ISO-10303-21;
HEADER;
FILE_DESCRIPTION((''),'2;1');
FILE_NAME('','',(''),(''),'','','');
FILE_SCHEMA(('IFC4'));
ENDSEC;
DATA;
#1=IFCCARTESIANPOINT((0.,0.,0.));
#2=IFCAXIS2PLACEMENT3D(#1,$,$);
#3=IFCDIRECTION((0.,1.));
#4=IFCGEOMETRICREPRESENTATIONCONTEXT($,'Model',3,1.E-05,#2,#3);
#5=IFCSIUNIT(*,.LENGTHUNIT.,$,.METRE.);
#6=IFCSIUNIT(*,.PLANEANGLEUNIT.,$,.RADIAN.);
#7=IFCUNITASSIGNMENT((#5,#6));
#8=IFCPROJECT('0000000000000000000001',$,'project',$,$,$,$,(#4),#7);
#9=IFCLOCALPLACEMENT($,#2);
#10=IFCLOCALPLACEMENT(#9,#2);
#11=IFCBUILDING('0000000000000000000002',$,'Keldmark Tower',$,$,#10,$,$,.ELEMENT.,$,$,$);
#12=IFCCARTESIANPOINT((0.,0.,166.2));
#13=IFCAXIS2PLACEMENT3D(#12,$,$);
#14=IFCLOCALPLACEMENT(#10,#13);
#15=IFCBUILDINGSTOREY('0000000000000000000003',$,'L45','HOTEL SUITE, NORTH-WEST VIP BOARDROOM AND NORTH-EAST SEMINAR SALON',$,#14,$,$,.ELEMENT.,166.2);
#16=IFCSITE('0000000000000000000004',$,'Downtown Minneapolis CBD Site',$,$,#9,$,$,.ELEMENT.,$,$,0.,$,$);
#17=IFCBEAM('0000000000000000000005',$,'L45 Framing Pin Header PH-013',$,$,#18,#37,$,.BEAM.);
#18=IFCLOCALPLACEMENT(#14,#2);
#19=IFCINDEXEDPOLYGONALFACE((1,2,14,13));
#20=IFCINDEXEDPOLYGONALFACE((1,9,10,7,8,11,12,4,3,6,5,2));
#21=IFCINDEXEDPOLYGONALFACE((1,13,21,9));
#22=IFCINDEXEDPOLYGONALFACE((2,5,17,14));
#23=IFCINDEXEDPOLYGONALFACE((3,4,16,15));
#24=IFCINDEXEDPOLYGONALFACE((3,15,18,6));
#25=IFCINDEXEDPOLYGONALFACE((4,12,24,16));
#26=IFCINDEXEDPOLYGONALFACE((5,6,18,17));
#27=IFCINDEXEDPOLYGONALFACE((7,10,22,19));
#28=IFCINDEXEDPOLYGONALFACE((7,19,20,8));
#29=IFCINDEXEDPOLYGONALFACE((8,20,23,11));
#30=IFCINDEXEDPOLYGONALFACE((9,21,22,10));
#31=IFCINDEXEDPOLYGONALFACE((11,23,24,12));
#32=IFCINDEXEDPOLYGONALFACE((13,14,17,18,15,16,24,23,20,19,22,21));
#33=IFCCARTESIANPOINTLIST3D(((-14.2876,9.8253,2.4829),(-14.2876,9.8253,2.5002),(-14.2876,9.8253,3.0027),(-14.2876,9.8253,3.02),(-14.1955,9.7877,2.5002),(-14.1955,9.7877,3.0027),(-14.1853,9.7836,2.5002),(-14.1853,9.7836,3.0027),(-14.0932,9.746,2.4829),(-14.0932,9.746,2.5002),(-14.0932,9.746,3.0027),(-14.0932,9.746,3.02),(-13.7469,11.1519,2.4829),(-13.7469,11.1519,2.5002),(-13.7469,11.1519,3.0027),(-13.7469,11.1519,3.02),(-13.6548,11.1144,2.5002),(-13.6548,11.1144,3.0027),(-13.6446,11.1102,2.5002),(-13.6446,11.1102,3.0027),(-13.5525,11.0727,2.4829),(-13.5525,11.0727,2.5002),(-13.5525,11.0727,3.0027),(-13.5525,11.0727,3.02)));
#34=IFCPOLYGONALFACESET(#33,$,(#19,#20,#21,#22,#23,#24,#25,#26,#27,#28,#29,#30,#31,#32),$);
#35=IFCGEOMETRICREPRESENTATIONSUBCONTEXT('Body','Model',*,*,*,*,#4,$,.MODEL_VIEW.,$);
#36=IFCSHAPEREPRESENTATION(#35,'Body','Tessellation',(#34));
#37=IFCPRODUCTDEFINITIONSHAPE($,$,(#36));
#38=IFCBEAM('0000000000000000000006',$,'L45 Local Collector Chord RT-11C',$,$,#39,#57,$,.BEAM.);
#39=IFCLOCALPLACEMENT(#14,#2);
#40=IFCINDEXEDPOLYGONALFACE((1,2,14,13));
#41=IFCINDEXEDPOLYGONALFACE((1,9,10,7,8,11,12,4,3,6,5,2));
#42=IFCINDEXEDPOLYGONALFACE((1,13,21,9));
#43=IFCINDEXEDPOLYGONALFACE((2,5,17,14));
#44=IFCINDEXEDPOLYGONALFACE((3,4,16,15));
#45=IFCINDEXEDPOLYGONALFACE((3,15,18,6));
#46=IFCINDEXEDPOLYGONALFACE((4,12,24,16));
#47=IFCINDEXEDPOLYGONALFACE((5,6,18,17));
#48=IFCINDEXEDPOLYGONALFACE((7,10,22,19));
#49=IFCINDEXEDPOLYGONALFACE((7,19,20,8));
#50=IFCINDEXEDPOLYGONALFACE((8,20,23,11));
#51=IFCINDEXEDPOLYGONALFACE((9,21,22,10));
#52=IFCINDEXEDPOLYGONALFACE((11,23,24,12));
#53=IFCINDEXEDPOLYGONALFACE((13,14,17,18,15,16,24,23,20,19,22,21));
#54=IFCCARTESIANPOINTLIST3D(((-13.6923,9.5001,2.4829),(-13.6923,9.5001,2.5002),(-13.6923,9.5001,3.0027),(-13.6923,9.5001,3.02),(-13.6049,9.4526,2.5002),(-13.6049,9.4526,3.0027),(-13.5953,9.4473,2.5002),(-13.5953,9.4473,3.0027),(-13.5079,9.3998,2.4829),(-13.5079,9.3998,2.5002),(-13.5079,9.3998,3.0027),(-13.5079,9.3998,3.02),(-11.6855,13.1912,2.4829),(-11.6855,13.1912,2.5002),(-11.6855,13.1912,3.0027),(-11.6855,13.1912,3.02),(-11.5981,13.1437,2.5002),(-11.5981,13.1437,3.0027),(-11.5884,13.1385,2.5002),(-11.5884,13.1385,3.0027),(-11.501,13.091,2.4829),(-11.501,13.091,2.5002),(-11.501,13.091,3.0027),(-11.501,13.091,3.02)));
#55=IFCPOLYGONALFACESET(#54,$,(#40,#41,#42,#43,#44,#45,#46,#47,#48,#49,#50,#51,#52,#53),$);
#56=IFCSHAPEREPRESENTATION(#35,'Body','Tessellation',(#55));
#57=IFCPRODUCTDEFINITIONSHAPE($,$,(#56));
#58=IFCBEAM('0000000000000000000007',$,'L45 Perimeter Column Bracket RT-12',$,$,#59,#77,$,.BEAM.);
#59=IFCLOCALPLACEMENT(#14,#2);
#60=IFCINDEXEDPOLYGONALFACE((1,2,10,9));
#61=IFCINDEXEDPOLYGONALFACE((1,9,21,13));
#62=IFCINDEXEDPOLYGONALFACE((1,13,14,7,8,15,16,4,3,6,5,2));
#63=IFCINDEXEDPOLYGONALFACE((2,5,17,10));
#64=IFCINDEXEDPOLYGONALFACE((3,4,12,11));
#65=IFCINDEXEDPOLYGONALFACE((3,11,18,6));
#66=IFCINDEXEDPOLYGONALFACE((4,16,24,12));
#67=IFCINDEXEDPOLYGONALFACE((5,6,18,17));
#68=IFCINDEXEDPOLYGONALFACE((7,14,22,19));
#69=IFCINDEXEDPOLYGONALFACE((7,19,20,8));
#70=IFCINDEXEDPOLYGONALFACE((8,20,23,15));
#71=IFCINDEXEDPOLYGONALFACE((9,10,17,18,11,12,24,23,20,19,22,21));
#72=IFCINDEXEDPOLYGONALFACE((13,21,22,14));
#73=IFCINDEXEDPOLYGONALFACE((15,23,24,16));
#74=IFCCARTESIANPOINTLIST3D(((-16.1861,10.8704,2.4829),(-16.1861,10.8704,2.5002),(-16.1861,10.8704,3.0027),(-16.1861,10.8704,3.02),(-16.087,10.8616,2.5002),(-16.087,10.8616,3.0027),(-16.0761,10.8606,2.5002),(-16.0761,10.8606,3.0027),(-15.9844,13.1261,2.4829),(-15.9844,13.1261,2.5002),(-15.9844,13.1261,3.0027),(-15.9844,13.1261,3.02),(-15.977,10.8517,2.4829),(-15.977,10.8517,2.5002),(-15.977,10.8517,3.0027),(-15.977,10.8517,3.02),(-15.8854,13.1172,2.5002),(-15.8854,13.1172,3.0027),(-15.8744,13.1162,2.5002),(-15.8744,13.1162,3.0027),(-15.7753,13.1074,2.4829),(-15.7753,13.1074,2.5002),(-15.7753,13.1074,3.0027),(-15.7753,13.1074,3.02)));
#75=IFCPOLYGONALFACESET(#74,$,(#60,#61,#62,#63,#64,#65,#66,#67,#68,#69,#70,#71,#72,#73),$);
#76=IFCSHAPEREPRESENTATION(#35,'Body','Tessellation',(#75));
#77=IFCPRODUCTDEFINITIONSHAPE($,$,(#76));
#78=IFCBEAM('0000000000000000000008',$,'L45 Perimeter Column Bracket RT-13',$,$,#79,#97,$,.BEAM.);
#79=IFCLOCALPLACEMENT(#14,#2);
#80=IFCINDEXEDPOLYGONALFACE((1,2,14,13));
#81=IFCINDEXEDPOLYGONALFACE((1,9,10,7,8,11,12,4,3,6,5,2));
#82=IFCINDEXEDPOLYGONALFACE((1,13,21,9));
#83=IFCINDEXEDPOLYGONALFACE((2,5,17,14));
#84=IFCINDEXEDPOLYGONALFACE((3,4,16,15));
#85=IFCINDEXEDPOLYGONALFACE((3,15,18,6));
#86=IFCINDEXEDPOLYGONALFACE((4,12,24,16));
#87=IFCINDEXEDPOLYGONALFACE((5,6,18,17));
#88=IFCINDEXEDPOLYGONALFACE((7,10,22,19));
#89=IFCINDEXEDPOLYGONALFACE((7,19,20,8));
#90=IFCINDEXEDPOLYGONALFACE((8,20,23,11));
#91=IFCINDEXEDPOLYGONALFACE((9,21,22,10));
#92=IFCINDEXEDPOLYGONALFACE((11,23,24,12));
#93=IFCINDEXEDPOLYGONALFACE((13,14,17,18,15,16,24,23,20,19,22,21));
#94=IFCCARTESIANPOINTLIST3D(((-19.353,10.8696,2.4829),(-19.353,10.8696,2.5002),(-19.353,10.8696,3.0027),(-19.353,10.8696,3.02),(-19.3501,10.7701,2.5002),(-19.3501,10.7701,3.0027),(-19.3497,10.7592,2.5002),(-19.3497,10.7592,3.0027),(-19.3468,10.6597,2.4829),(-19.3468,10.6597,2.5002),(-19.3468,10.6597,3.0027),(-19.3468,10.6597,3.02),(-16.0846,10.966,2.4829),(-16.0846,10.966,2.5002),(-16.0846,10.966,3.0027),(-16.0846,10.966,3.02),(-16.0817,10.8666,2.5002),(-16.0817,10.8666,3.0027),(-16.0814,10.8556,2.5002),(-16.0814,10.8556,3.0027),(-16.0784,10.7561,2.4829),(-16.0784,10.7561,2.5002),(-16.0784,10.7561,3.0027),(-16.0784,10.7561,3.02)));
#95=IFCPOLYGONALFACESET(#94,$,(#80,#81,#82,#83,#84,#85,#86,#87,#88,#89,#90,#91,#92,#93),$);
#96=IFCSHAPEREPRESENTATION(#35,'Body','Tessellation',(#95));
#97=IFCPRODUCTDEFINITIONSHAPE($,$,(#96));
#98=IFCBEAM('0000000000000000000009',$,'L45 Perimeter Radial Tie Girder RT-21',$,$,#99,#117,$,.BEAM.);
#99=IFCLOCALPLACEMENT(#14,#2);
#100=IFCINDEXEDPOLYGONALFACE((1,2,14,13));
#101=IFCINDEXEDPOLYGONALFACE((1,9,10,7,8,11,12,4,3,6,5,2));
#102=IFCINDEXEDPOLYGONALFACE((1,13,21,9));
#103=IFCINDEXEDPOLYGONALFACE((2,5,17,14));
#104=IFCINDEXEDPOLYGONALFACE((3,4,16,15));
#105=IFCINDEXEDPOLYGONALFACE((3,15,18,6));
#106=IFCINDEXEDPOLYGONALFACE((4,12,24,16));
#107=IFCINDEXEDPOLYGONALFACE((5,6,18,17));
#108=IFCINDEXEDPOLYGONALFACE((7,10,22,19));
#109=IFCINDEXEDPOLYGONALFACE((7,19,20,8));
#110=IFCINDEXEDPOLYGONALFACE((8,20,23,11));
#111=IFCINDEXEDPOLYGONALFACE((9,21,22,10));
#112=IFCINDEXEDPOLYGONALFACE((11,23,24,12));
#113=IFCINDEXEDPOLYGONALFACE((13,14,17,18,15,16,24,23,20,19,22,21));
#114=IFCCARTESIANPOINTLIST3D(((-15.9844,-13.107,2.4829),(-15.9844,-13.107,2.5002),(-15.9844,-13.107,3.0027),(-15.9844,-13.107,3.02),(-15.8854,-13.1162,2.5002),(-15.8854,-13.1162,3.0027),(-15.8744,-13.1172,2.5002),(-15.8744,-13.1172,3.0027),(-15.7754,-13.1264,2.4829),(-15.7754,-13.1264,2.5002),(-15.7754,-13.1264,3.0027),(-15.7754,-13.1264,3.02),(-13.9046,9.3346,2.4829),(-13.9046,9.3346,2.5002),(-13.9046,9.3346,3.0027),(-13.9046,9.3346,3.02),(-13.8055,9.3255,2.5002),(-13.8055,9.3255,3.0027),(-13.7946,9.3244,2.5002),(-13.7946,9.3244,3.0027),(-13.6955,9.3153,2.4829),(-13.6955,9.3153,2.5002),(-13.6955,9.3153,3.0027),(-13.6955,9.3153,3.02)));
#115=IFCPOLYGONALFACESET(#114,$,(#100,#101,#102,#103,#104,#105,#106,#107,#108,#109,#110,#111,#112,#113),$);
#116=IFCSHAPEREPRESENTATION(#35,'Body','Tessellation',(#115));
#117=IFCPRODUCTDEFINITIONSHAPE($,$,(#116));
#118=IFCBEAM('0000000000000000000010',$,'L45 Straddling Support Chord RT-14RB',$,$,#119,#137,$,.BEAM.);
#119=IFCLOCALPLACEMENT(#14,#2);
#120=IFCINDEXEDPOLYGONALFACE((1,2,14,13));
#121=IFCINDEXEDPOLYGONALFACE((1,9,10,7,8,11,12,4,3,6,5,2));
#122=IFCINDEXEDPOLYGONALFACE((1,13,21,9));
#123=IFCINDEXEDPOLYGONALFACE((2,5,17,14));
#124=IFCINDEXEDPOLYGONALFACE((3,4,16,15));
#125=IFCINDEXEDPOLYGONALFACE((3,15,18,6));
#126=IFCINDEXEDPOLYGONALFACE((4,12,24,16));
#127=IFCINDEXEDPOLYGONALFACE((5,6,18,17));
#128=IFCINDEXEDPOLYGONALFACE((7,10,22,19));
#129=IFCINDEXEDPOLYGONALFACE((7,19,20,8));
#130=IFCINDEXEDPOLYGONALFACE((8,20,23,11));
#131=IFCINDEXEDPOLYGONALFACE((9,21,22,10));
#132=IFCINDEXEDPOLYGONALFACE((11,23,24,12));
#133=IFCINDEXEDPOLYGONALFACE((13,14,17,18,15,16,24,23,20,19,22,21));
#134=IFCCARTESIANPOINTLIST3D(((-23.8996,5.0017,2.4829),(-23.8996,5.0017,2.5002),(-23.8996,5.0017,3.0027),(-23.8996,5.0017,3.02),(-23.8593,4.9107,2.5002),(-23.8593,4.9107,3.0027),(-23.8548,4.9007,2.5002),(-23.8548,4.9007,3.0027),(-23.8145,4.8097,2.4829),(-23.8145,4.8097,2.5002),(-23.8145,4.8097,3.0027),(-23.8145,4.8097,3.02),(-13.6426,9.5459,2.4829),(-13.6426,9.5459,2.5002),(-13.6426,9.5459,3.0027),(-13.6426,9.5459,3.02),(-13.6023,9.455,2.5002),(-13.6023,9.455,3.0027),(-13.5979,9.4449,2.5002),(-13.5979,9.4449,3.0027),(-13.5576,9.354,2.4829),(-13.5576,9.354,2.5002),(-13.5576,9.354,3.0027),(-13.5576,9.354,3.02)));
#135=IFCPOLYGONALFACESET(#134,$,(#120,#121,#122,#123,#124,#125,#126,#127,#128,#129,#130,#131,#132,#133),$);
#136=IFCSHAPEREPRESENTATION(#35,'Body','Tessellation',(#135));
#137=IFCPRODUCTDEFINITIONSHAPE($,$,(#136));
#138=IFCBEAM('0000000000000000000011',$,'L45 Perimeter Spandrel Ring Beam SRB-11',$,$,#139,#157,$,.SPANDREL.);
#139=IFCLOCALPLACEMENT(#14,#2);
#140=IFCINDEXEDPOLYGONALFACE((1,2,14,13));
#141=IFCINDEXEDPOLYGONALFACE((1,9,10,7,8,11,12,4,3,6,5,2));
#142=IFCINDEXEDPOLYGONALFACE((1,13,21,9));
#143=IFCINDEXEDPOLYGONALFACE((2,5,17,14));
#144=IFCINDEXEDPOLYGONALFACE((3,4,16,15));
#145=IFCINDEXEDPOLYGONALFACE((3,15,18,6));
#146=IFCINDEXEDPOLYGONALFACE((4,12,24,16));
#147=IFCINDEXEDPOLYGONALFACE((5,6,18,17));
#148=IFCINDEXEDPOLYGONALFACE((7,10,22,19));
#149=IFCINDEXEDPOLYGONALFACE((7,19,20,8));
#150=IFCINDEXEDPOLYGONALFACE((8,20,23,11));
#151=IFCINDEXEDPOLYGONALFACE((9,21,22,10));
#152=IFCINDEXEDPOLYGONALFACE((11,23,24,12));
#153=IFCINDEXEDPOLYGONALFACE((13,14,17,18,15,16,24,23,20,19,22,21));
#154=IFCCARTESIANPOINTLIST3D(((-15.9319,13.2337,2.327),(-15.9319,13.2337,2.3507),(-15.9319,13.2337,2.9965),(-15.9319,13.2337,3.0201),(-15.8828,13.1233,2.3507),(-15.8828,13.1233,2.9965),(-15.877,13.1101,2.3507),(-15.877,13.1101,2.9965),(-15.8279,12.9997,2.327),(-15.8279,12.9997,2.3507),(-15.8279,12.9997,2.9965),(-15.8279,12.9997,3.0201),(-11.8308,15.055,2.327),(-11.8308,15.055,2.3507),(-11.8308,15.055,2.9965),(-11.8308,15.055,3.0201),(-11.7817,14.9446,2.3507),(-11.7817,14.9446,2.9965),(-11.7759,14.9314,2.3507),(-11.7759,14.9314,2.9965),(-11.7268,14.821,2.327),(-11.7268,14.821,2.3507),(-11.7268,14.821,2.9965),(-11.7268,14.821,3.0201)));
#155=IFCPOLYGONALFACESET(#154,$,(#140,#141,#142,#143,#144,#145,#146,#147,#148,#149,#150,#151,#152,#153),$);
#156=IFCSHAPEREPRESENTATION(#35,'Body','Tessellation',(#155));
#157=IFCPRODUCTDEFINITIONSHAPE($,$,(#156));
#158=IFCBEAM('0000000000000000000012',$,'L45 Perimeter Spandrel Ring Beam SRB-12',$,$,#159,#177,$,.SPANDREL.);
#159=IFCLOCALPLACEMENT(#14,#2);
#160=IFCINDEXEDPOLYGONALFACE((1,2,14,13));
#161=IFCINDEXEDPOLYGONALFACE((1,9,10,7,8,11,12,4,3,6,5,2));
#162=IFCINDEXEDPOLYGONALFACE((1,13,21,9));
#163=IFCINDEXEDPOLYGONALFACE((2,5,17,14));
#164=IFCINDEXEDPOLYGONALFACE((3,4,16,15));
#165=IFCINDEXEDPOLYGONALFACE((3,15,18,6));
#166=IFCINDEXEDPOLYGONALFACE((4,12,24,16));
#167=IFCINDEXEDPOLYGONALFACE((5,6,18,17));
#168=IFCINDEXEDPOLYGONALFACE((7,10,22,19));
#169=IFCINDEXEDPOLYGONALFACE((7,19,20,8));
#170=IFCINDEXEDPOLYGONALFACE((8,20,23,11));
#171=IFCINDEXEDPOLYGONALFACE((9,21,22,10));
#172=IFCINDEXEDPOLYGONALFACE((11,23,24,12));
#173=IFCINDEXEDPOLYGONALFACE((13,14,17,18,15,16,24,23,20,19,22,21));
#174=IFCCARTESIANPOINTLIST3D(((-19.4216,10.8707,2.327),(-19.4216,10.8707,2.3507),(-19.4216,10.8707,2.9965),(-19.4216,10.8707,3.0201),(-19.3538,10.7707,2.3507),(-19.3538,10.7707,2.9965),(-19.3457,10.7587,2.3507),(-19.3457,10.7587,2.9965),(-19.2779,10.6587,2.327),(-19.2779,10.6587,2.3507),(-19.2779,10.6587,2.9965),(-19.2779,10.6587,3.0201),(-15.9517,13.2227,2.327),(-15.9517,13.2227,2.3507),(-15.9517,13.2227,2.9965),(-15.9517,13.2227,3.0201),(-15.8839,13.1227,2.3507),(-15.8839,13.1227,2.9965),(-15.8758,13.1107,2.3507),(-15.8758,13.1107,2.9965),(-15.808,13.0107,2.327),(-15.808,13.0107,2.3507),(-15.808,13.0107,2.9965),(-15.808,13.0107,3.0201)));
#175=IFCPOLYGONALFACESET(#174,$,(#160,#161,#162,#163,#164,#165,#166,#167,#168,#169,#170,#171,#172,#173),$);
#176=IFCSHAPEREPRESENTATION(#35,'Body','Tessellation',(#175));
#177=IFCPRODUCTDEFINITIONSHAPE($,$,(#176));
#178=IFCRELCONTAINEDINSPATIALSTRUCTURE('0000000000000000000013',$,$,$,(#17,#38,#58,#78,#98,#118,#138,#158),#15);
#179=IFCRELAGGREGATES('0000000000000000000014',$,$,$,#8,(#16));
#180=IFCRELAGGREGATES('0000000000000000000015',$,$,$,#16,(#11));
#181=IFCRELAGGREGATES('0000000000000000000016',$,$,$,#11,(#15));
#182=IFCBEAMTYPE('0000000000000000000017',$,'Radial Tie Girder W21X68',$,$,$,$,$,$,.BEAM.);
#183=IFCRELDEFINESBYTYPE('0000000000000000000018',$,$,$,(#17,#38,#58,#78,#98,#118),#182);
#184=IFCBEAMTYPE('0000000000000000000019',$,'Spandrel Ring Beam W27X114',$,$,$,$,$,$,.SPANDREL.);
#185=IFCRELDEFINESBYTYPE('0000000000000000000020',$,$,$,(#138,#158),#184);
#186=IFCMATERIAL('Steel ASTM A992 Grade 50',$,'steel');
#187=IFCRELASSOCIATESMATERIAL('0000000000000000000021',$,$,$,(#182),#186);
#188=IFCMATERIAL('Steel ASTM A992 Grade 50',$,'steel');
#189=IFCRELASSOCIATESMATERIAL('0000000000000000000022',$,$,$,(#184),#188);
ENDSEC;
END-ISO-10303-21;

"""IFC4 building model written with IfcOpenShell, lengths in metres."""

from ifc_helpers import new_model, si_unit, direction, frame, origin, origin_2d, place, context, subcontext, project, spatial, i_section, extrude, material, material_profile, profile_set, type_object, element, save


model = new_model("IFC4")

# Units and contexts
model_context = context("Model", 3, precision=1e-05, world=origin(), true_north=direction((0.0, 1.0)))
body_context = subcontext(model_context, "Body", "Model", "MODEL_VIEW")
ifc_project = project(units=[si_unit("LENGTHUNIT", "METRE"), si_unit("PLANEANGLEUNIT", "RADIAN")], contexts=[model_context])

# Site, building, storey
site_placement = place(None, origin())
site = spatial("IfcSite", under=ifc_project, at=site_placement, Name="Downtown Minneapolis CBD Site", CompositionType="ELEMENT", RefElevation=0.0)
building_placement = place(site_placement, origin())
building = spatial("IfcBuilding", under=site, at=building_placement, Name="Keldmark Tower", CompositionType="ELEMENT")
storey_placement = place(building_placement, frame((0.0, 0.0, 166.2)))
storey = spatial("IfcBuildingStorey", under=building, at=storey_placement, Name="L45", Description="HOTEL SUITE, NORTH-WEST VIP BOARDROOM AND NORTH-EAST SEMINAR SALON", CompositionType="ELEMENT", Elevation=166.2)

# Beams
ifc_material_1 = material(Name="Steel ASTM A992 Grade 50", Category="steel")
ifc_material_profile_1 = material_profile(ifc_material_1, i_section(OverallWidth=0.21, OverallDepth=0.5371, WebThickness=0.011, FlangeThickness=0.0173, at=origin_2d()), Name="W21X68")
ifc_profile_set_1 = profile_set([ifc_material_profile_1], Name="Steel ASTM A992 Grade 50")
beam_type_1 = type_object("IfcBeamType", Name="Radial Tie Girder W21X68", PredefinedType="BEAM", material=ifc_profile_set_1)
beam_1_placement = place(storey_placement, frame((-14.1904, 9.7856, 2.7515), z_axis=(0.377465, 0.926024, 0.0), x_axis=(-0.926024, 0.377465, 0.0)))
element("IfcBeam", 1, at=beam_1_placement, inside=storey, type_object=beam_type_1, Name="L45 Framing Pin Header PH-013", PredefinedType="BEAM", context=body_context, shape_type="SweptSolid", body=[
    extrude(i_section(OverallWidth=0.21, OverallDepth=0.5371, WebThickness=0.011, FlangeThickness=0.0173, at=origin_2d()), origin(), (0.0, 0.0, 1.0), 1.4326),
])
beam_2_placement = place(storey_placement, frame((-13.6001, 9.45, 2.7515), z_axis=(0.477655, 0.878548, 0.0), x_axis=(-0.878548, 0.477655, 0.0)))
element("IfcBeam", 2, at=beam_2_placement, inside=storey, type_object=beam_type_1, Name="L45 Local Collector Chord RT-11C", PredefinedType="BEAM", context=body_context, shape_type="SweptSolid", body=[
    extrude(i_section(OverallWidth=0.21, OverallDepth=0.5371, WebThickness=0.011, FlangeThickness=0.0173, at=origin_2d()), origin(), (0.0, 0.0, 1.0), 4.2014),
])
beam_3_placement = place(storey_placement, frame((-16.0815, 10.8611, 2.7515), z_axis=(0.089048, 0.996027, 0.0), x_axis=(-0.996027, 0.089048, 0.0)))
element("IfcBeam", 3, at=beam_3_placement, inside=storey, type_object=beam_type_1, Name="L45 Perimeter Column Bracket RT-12", PredefinedType="BEAM", context=body_context, shape_type="SweptSolid", body=[
    extrude(i_section(OverallWidth=0.21, OverallDepth=0.5371, WebThickness=0.011, FlangeThickness=0.0173, at=origin_2d()), origin(), (0.0, 0.0, 1.0), 2.2646),
])
beam_4_placement = place(storey_placement, frame((-16.0815, 10.8611, 2.7515), z_axis=(-0.999565, -0.029493, 0.0), x_axis=(0.029493, -0.999565, 0.0)))
element("IfcBeam", 4, at=beam_4_placement, inside=storey, type_object=beam_type_1, Name="L45 Perimeter Column Bracket RT-13", PredefinedType="BEAM", context=body_context, shape_type="SweptSolid", body=[
    extrude(i_section(OverallWidth=0.21, OverallDepth=0.5371, WebThickness=0.011, FlangeThickness=0.0173, at=origin_2d()), origin(), (0.0, 0.0, 1.0), 3.2698),
])
beam_5_placement = place(storey_placement, frame((-13.8, 9.325, 2.7515), z_axis=(-0.092282, -0.995733, 0.0), x_axis=(0.995733, -0.092282, 0.0)))
element("IfcBeam", 5, at=beam_5_placement, inside=storey, type_object=beam_type_1, Name="L45 Perimeter Radial Tie Girder RT-21", PredefinedType="BEAM", context=body_context, shape_type="SweptSolid", body=[
    extrude(i_section(OverallWidth=0.21, OverallDepth=0.5371, WebThickness=0.011, FlangeThickness=0.0173, at=origin_2d()), origin(), (0.0, 0.0, 1.0), 22.5378),
])
beam_6_placement = place(storey_placement, frame((-13.6001, 9.45, 2.7515), z_axis=(-0.914287, -0.405066, 0.0), x_axis=(0.405066, -0.914287, 0.0)))
element("IfcBeam", 6, at=beam_6_placement, inside=storey, type_object=beam_type_1, Name="L45 Straddling Support Chord RT-14RB", PredefinedType="BEAM", context=body_context, shape_type="SweptSolid", body=[
    extrude(i_section(OverallWidth=0.21, OverallDepth=0.5371, WebThickness=0.011, FlangeThickness=0.0173, at=origin_2d()), origin(), (0.0, 0.0, 1.0), 11.2185),
])
ifc_material_2 = material(Name="Steel ASTM A992 Grade 50", Category="steel")
ifc_material_profile_2 = material_profile(ifc_material_2, i_section(OverallWidth=0.2561, OverallDepth=0.6931, WebThickness=0.0144, FlangeThickness=0.0237, at=origin_2d()), Name="W27X114")
ifc_profile_set_2 = profile_set([ifc_material_profile_2], Name="Steel ASTM A992 Grade 50")
beam_type_2 = type_object("IfcBeamType", Name="Spandrel Ring Beam W27X114", PredefinedType="SPANDREL", material=ifc_profile_set_2)
beam_7_placement = place(storey_placement, frame((-11.7788, 14.938, 2.6736), z_axis=(-0.913928, -0.405876, 0.0), x_axis=(0.405876, -0.913928, 0.0)))
element("IfcBeam", 7, at=beam_7_placement, inside=storey, type_object=beam_type_2, Name="L45 Perimeter Spandrel Ring Beam SRB-11", PredefinedType="SPANDREL", context=body_context, shape_type="SweptSolid", body=[
    extrude(i_section(OverallWidth=0.2561, OverallDepth=0.6931, WebThickness=0.0144, FlangeThickness=0.0237, at=origin_2d()), origin(), (0.0, 0.0, 1.0), 4.4873),
])
beam_8_placement = place(storey_placement, frame((-15.8799, 13.1167, 2.6736), z_axis=(-0.827761, -0.561081, 0.0), x_axis=(0.561081, -0.827761, 0.0)))
element("IfcBeam", 8, at=beam_8_placement, inside=storey, type_object=beam_type_2, Name="L45 Perimeter Spandrel Ring Beam SRB-12", PredefinedType="SPANDREL", context=body_context, shape_type="SweptSolid", body=[
    extrude(i_section(OverallWidth=0.2561, OverallDepth=0.6931, WebThickness=0.0144, FlangeThickness=0.0237, at=origin_2d()), origin(), (0.0, 0.0, 1.0), 4.1919),
])

save(model, "model.ifc")
